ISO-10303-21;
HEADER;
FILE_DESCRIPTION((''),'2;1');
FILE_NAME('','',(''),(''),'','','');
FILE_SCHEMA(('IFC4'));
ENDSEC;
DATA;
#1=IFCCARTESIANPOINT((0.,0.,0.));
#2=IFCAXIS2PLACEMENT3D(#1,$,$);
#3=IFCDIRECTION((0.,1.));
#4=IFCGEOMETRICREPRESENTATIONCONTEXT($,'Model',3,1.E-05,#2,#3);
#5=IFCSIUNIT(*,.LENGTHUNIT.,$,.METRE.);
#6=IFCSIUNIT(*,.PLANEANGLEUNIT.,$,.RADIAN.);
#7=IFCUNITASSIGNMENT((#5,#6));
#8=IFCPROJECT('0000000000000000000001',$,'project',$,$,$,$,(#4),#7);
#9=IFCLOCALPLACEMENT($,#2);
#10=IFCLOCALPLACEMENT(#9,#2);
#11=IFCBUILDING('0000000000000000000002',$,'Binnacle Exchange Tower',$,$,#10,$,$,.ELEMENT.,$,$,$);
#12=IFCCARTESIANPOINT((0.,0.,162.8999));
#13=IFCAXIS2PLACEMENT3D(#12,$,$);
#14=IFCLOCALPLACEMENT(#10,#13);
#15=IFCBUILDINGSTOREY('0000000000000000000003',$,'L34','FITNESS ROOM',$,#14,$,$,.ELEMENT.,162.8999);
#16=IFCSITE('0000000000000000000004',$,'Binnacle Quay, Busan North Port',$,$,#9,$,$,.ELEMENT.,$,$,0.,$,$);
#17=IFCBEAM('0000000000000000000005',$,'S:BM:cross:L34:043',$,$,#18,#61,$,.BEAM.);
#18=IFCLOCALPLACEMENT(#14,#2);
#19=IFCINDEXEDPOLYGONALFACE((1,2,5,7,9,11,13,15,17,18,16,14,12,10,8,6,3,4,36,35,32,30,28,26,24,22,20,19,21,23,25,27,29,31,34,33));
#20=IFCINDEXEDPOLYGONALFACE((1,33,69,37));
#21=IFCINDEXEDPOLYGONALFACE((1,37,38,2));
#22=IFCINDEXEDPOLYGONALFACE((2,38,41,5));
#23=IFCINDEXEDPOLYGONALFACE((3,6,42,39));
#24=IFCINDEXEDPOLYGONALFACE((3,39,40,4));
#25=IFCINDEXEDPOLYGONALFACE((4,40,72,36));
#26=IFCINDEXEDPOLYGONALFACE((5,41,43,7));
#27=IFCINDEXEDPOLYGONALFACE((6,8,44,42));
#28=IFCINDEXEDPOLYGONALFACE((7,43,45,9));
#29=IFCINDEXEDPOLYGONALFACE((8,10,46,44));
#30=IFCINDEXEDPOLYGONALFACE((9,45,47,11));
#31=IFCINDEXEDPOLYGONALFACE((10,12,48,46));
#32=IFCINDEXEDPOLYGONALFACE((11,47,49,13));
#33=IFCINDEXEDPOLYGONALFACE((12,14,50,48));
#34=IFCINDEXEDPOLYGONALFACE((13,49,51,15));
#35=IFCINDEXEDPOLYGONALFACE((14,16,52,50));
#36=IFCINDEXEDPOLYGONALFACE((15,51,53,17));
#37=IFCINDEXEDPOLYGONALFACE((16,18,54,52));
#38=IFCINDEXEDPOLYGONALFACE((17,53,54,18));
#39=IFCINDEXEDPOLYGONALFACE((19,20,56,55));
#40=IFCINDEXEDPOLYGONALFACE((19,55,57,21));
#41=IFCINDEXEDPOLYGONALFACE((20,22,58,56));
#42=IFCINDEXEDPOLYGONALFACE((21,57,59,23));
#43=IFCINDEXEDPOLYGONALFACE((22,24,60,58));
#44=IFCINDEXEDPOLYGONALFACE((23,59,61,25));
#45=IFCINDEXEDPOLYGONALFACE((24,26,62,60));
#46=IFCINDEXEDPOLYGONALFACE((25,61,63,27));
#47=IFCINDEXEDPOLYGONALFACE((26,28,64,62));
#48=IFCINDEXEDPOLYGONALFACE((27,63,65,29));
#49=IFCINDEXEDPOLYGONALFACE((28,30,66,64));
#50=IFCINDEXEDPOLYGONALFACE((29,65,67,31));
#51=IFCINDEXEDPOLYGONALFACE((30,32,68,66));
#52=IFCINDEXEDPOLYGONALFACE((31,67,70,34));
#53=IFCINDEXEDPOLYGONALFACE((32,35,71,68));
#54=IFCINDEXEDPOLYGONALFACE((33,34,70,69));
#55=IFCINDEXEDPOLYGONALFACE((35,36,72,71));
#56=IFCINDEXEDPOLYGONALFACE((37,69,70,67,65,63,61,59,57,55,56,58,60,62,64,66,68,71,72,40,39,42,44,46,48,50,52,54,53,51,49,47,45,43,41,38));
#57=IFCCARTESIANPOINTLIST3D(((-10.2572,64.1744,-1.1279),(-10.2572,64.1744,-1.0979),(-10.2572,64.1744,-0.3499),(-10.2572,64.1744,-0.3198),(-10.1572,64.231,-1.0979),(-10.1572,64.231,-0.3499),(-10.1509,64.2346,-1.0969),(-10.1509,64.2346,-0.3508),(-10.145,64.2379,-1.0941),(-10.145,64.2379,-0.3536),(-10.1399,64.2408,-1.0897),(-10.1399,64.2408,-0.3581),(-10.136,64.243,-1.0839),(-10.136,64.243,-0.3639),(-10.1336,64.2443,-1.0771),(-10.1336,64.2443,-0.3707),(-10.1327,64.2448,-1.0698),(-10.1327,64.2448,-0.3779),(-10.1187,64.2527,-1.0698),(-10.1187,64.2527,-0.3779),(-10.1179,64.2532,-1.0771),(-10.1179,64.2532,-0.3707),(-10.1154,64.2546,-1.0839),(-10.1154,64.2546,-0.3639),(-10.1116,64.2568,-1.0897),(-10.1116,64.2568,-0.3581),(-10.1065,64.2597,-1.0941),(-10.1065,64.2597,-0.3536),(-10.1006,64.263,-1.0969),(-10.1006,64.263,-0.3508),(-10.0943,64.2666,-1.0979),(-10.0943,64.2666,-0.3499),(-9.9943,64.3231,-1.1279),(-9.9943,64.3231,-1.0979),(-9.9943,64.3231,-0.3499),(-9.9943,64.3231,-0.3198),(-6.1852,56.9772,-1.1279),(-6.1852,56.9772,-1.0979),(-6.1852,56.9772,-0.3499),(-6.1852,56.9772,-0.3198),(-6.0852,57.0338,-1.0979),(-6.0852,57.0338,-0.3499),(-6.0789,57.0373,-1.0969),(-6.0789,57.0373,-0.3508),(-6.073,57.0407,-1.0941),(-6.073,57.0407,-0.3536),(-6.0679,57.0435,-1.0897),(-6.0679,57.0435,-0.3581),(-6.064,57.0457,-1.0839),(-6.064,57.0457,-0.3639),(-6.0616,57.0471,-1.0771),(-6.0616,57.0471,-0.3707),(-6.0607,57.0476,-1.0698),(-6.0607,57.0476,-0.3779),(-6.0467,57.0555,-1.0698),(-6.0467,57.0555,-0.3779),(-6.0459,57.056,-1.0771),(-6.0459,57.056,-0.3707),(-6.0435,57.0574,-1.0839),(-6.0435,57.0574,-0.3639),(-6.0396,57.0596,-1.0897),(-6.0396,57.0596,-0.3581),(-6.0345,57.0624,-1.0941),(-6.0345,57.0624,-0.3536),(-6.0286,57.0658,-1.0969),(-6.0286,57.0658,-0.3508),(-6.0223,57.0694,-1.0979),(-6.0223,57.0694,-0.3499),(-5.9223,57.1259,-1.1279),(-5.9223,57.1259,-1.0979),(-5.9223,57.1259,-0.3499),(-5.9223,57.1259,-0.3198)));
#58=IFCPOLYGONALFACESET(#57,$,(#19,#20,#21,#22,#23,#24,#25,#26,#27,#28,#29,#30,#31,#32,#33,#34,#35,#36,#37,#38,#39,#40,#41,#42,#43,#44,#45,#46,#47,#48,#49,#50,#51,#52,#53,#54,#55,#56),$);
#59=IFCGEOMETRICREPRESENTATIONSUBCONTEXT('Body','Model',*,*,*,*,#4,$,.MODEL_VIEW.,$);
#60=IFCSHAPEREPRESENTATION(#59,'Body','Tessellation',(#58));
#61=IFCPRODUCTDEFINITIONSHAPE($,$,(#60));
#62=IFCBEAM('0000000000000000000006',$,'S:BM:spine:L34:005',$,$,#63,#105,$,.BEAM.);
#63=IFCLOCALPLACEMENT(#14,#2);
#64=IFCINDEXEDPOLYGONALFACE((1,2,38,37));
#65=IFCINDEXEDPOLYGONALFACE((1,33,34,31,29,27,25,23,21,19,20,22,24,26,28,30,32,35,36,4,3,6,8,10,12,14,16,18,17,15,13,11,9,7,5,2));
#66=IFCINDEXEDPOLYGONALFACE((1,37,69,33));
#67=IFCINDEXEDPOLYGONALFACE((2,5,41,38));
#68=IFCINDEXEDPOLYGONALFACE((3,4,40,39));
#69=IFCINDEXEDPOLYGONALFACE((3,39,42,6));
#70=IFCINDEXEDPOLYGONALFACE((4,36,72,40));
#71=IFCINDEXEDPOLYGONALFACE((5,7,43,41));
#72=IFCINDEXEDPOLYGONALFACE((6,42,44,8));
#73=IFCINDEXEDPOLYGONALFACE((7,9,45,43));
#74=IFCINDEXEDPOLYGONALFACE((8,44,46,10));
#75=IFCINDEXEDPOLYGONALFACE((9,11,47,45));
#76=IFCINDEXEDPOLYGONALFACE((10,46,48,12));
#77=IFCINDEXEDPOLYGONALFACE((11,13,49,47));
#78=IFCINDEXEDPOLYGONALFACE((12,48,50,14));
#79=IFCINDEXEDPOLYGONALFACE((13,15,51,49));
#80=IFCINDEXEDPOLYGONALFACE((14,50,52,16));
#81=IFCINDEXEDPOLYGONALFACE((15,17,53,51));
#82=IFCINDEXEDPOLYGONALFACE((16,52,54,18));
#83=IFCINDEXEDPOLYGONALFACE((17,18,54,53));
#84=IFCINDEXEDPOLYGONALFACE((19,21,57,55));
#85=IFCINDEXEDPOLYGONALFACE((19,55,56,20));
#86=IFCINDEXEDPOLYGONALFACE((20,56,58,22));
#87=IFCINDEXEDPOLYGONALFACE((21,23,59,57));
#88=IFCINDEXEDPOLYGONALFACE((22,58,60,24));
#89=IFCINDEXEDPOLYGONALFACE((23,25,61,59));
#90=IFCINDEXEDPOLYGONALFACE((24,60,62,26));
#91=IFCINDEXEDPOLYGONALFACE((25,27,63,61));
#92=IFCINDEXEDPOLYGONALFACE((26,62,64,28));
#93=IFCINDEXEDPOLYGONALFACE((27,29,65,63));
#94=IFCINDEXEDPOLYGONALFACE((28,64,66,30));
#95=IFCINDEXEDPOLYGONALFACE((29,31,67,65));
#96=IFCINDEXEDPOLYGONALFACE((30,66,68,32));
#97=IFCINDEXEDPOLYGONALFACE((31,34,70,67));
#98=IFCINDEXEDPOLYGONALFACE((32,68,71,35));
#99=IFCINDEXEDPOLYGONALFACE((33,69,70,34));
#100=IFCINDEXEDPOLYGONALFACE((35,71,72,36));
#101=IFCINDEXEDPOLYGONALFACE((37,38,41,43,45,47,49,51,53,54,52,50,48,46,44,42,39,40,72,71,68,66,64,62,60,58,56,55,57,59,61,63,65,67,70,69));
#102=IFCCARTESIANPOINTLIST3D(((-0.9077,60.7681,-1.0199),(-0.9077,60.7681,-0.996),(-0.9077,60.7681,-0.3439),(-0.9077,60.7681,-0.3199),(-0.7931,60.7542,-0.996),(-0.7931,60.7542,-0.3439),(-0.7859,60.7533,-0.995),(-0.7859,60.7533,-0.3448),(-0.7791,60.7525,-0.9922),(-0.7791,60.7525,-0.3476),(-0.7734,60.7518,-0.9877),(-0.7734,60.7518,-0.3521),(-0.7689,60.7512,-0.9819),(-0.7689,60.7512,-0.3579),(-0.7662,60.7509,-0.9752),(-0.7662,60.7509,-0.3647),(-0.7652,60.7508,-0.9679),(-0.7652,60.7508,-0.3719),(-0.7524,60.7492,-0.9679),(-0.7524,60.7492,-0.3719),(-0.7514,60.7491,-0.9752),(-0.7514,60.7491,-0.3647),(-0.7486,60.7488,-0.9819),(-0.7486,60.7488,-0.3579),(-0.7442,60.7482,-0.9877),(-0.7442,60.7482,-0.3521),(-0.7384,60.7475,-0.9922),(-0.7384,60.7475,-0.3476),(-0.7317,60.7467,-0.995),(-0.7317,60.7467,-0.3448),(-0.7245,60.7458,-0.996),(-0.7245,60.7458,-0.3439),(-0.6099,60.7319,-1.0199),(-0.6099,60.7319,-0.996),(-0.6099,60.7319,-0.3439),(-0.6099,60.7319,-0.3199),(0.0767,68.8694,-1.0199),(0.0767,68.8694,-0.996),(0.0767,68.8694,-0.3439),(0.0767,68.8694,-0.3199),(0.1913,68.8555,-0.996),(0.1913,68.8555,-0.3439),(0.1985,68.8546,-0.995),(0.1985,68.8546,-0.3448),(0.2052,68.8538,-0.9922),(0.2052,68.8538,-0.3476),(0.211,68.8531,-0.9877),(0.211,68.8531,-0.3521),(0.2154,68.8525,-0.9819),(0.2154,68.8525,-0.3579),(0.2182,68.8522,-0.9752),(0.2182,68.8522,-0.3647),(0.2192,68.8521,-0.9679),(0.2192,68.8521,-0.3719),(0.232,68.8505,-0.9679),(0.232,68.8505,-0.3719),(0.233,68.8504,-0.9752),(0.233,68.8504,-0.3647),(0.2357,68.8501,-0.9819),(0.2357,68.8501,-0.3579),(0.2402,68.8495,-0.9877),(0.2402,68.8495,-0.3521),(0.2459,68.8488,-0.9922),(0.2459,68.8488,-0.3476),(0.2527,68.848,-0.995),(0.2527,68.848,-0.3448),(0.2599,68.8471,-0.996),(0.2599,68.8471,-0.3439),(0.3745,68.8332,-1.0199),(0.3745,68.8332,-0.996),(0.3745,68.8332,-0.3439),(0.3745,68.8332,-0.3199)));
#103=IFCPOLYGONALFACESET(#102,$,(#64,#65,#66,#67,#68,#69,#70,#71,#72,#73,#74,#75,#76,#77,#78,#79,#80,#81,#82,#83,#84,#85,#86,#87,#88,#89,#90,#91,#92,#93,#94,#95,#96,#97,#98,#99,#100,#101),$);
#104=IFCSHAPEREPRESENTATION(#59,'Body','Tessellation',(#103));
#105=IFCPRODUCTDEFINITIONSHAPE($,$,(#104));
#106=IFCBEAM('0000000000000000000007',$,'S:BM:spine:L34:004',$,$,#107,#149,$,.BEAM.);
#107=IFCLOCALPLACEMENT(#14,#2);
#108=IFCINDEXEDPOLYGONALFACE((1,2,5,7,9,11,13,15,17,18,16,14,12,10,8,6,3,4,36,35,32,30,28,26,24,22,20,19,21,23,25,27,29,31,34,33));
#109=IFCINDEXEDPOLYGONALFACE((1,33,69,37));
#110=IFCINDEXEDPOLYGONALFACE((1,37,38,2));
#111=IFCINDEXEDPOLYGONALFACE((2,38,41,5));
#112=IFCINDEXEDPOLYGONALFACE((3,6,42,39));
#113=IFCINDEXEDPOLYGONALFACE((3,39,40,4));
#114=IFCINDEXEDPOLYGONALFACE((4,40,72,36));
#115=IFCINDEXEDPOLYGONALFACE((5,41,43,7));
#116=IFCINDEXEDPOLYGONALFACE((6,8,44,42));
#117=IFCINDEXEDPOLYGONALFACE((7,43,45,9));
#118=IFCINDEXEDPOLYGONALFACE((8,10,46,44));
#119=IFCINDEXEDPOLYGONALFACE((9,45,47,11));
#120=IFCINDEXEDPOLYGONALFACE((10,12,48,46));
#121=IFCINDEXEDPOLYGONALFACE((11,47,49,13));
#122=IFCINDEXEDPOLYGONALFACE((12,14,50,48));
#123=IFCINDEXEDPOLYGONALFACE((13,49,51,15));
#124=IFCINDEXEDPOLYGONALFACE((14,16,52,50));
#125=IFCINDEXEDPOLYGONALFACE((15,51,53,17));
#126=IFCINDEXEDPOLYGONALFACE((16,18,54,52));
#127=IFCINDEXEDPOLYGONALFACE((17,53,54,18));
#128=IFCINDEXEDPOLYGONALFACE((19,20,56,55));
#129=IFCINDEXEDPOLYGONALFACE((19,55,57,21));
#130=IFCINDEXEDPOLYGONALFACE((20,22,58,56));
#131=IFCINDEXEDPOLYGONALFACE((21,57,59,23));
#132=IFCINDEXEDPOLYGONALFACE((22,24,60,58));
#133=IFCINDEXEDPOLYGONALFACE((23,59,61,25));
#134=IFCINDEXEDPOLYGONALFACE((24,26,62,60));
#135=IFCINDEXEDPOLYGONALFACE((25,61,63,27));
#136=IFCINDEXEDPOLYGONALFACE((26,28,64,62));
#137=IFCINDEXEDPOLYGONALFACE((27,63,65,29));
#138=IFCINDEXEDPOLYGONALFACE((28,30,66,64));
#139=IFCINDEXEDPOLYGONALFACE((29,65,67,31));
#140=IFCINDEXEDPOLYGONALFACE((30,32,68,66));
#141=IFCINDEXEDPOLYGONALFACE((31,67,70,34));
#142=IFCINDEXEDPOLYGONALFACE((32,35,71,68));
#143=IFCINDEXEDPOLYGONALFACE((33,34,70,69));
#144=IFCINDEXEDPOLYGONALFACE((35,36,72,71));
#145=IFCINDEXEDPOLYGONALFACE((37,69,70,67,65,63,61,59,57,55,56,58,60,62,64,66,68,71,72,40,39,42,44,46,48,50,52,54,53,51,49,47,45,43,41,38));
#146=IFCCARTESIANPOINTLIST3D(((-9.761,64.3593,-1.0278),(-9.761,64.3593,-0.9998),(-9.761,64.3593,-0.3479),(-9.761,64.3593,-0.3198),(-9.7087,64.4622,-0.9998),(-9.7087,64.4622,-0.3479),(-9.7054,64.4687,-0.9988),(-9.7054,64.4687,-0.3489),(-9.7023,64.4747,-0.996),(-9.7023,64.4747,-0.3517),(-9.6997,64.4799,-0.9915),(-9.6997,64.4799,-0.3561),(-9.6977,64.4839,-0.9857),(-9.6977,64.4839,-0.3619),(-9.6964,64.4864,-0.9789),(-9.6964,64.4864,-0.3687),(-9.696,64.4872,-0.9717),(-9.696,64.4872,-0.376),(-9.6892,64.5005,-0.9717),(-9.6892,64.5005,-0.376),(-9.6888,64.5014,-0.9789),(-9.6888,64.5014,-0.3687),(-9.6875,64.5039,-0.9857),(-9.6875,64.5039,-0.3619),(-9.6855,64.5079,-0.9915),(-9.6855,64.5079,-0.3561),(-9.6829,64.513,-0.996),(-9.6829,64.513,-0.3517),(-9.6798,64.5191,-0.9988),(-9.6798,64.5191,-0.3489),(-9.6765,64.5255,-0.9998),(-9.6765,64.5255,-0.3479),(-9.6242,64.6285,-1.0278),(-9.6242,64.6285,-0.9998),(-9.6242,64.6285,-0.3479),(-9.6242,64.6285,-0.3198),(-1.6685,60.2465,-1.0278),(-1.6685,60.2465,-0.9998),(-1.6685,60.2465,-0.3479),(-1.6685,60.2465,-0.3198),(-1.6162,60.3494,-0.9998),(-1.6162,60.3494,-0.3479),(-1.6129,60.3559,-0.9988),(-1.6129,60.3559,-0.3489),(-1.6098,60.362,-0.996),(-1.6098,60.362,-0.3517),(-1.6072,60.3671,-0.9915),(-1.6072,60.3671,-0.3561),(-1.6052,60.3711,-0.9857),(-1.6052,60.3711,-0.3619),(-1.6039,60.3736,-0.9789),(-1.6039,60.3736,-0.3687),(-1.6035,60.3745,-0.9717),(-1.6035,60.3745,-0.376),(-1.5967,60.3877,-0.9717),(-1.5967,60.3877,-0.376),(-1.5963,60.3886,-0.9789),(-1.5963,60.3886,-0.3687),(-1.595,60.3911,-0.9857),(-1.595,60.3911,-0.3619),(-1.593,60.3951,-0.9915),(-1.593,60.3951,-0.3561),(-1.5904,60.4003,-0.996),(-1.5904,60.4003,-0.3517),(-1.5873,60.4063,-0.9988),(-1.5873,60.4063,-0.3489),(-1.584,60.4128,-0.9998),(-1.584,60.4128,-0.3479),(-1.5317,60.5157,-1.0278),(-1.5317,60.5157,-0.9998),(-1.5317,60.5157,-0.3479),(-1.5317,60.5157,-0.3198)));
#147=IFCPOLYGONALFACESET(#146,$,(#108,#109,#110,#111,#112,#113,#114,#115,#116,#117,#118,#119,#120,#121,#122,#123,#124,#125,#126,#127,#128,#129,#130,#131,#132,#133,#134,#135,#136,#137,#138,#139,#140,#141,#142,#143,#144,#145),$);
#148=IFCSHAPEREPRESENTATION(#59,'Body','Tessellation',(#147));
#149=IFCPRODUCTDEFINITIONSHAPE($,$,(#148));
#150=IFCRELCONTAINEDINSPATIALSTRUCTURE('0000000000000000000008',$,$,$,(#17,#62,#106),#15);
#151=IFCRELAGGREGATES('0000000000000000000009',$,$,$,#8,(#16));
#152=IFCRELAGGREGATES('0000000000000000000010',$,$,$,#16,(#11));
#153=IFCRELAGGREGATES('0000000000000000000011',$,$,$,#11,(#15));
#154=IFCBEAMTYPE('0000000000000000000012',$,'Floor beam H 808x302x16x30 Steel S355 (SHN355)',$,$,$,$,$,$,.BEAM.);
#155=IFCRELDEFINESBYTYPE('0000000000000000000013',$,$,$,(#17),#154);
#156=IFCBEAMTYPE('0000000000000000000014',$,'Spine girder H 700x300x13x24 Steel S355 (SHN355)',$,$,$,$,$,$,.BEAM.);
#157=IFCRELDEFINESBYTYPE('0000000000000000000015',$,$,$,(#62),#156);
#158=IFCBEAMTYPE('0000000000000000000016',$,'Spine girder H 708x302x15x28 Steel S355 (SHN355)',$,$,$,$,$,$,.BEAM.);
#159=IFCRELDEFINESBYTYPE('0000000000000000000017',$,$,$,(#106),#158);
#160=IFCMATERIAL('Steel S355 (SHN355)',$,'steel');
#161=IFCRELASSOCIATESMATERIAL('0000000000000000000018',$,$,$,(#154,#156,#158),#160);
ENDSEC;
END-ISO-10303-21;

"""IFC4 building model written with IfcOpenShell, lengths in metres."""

from ifc_helpers import new_model, si_unit, direction, frame, origin, origin_2d, place, context, subcontext, project, spatial, i_section, extrude, material, material_profile, profile_set, type_object, element, save


model = new_model("IFC4")

# Units and contexts
model_context = context("Model", 3, precision=1e-05, world=origin(), true_north=direction((0.0, 1.0)))
body_context = subcontext(model_context, "Body", "Model", "MODEL_VIEW")
ifc_project = project(units=[si_unit("LENGTHUNIT", "METRE"), si_unit("PLANEANGLEUNIT", "RADIAN")], contexts=[model_context])

# Site, building, storey
site_placement = place(None, origin())
site = spatial("IfcSite", under=ifc_project, at=site_placement, Name="Binnacle Quay, Busan North Port", CompositionType="ELEMENT", RefElevation=0.0)
building_placement = place(site_placement, origin())
building = spatial("IfcBuilding", under=site, at=building_placement, Name="Binnacle Exchange Tower", CompositionType="ELEMENT")
storey_placement = place(building_placement, frame((0.0, 0.0, 162.8999)))
storey = spatial("IfcBuildingStorey", under=building, at=storey_placement, Name="L34", Description="FITNESS ROOM", CompositionType="ELEMENT", Elevation=162.8999)

# Beams
ifc_material_1 = material(Name="Steel S355 (SHN355)", Category="steel")
ifc_material_profile_1 = material_profile(ifc_material_1, i_section(OverallWidth=0.302, OverallDepth=0.8081, WebThickness=0.0161, FlangeThickness=0.03, FilletRadius=0.0281, at=origin_2d()), Name="H 808x302x16x30")
ifc_profile_set_1 = profile_set([ifc_material_profile_1], Name="Steel S355 (SHN355)")
beam_type_1 = type_object("IfcBeamType", Name="Floor beam H 808x302x16x30 Steel S355 (SHN355)", PredefinedType="BEAM", material=ifc_profile_set_1)
beam_1_placement = place(storey_placement, frame((-10.1257, 64.2488, -0.7239), z_axis=(0.492424, -0.870355, 0.0), x_axis=(0.870355, 0.492424, 0.0)))
element("IfcBeam", 1, at=beam_1_placement, inside=storey, type_object=beam_type_1, Name="S:BM:cross:L34:043", PredefinedType="BEAM", context=body_context, shape_type="SweptSolid", body=[
    extrude(i_section(OverallWidth=0.302, OverallDepth=0.8081, WebThickness=0.0161, FlangeThickness=0.03, FilletRadius=0.0281, at=origin_2d()), origin(), (0.0, 0.0, 1.0), 8.2693),
])
ifc_material_profile_2 = material_profile(ifc_material_1, i_section(OverallWidth=0.3, OverallDepth=0.7, WebThickness=0.0129, FlangeThickness=0.0239, FilletRadius=0.0281, at=origin_2d()), Name="H 700x300x13x24")
ifc_profile_set_2 = profile_set([ifc_material_profile_2], Name="Steel S355 (SHN355)")
beam_type_2 = type_object("IfcBeamType", Name="Spine girder H 700x300x13x24 Steel S355 (SHN355)", PredefinedType="BEAM", material=ifc_profile_set_2)
beam_2_placement = place(storey_placement, frame((-0.7588, 60.75, -0.6699), z_axis=(0.120621, 0.992699, 0.0), x_axis=(-0.992699, 0.120621, 0.0)))
element("IfcBeam", 2, at=beam_2_placement, inside=storey, type_object=beam_type_2, Name="S:BM:spine:L34:005", PredefinedType="BEAM", context=body_context, shape_type="SweptSolid", body=[
    extrude(i_section(OverallWidth=0.3, OverallDepth=0.7, WebThickness=0.0129, FlangeThickness=0.0239, FilletRadius=0.0281, at=origin_2d()), origin(), (0.0, 0.0, 1.0), 8.1609),
])
ifc_material_profile_3 = material_profile(ifc_material_1, i_section(OverallWidth=0.302, OverallDepth=0.708, WebThickness=0.0149, FlangeThickness=0.0281, FilletRadius=0.0281, at=origin_2d()), Name="H 708x302x15x28")
ifc_profile_set_3 = profile_set([ifc_material_profile_3], Name="Steel S355 (SHN355)")
beam_type_3 = type_object("IfcBeamType", Name="Spine girder H 708x302x15x28 Steel S355 (SHN355)", PredefinedType="BEAM", material=ifc_profile_set_3)
beam_3_placement = place(storey_placement, frame((-1.6001, 60.3811, -0.6738), z_axis=(-0.891476, 0.453067, 0.0), x_axis=(-0.453067, -0.891476, 0.0)))
element("IfcBeam", 3, at=beam_3_placement, inside=storey, type_object=beam_type_3, Name="S:BM:spine:L34:004", PredefinedType="BEAM", context=body_context, shape_type="SweptSolid", body=[
    extrude(i_section(OverallWidth=0.302, OverallDepth=0.708, WebThickness=0.0149, FlangeThickness=0.0281, FilletRadius=0.0281, at=origin_2d()), origin(), (0.0, 0.0, 1.0), 9.0776),
])

save(model, "model.ifc")
